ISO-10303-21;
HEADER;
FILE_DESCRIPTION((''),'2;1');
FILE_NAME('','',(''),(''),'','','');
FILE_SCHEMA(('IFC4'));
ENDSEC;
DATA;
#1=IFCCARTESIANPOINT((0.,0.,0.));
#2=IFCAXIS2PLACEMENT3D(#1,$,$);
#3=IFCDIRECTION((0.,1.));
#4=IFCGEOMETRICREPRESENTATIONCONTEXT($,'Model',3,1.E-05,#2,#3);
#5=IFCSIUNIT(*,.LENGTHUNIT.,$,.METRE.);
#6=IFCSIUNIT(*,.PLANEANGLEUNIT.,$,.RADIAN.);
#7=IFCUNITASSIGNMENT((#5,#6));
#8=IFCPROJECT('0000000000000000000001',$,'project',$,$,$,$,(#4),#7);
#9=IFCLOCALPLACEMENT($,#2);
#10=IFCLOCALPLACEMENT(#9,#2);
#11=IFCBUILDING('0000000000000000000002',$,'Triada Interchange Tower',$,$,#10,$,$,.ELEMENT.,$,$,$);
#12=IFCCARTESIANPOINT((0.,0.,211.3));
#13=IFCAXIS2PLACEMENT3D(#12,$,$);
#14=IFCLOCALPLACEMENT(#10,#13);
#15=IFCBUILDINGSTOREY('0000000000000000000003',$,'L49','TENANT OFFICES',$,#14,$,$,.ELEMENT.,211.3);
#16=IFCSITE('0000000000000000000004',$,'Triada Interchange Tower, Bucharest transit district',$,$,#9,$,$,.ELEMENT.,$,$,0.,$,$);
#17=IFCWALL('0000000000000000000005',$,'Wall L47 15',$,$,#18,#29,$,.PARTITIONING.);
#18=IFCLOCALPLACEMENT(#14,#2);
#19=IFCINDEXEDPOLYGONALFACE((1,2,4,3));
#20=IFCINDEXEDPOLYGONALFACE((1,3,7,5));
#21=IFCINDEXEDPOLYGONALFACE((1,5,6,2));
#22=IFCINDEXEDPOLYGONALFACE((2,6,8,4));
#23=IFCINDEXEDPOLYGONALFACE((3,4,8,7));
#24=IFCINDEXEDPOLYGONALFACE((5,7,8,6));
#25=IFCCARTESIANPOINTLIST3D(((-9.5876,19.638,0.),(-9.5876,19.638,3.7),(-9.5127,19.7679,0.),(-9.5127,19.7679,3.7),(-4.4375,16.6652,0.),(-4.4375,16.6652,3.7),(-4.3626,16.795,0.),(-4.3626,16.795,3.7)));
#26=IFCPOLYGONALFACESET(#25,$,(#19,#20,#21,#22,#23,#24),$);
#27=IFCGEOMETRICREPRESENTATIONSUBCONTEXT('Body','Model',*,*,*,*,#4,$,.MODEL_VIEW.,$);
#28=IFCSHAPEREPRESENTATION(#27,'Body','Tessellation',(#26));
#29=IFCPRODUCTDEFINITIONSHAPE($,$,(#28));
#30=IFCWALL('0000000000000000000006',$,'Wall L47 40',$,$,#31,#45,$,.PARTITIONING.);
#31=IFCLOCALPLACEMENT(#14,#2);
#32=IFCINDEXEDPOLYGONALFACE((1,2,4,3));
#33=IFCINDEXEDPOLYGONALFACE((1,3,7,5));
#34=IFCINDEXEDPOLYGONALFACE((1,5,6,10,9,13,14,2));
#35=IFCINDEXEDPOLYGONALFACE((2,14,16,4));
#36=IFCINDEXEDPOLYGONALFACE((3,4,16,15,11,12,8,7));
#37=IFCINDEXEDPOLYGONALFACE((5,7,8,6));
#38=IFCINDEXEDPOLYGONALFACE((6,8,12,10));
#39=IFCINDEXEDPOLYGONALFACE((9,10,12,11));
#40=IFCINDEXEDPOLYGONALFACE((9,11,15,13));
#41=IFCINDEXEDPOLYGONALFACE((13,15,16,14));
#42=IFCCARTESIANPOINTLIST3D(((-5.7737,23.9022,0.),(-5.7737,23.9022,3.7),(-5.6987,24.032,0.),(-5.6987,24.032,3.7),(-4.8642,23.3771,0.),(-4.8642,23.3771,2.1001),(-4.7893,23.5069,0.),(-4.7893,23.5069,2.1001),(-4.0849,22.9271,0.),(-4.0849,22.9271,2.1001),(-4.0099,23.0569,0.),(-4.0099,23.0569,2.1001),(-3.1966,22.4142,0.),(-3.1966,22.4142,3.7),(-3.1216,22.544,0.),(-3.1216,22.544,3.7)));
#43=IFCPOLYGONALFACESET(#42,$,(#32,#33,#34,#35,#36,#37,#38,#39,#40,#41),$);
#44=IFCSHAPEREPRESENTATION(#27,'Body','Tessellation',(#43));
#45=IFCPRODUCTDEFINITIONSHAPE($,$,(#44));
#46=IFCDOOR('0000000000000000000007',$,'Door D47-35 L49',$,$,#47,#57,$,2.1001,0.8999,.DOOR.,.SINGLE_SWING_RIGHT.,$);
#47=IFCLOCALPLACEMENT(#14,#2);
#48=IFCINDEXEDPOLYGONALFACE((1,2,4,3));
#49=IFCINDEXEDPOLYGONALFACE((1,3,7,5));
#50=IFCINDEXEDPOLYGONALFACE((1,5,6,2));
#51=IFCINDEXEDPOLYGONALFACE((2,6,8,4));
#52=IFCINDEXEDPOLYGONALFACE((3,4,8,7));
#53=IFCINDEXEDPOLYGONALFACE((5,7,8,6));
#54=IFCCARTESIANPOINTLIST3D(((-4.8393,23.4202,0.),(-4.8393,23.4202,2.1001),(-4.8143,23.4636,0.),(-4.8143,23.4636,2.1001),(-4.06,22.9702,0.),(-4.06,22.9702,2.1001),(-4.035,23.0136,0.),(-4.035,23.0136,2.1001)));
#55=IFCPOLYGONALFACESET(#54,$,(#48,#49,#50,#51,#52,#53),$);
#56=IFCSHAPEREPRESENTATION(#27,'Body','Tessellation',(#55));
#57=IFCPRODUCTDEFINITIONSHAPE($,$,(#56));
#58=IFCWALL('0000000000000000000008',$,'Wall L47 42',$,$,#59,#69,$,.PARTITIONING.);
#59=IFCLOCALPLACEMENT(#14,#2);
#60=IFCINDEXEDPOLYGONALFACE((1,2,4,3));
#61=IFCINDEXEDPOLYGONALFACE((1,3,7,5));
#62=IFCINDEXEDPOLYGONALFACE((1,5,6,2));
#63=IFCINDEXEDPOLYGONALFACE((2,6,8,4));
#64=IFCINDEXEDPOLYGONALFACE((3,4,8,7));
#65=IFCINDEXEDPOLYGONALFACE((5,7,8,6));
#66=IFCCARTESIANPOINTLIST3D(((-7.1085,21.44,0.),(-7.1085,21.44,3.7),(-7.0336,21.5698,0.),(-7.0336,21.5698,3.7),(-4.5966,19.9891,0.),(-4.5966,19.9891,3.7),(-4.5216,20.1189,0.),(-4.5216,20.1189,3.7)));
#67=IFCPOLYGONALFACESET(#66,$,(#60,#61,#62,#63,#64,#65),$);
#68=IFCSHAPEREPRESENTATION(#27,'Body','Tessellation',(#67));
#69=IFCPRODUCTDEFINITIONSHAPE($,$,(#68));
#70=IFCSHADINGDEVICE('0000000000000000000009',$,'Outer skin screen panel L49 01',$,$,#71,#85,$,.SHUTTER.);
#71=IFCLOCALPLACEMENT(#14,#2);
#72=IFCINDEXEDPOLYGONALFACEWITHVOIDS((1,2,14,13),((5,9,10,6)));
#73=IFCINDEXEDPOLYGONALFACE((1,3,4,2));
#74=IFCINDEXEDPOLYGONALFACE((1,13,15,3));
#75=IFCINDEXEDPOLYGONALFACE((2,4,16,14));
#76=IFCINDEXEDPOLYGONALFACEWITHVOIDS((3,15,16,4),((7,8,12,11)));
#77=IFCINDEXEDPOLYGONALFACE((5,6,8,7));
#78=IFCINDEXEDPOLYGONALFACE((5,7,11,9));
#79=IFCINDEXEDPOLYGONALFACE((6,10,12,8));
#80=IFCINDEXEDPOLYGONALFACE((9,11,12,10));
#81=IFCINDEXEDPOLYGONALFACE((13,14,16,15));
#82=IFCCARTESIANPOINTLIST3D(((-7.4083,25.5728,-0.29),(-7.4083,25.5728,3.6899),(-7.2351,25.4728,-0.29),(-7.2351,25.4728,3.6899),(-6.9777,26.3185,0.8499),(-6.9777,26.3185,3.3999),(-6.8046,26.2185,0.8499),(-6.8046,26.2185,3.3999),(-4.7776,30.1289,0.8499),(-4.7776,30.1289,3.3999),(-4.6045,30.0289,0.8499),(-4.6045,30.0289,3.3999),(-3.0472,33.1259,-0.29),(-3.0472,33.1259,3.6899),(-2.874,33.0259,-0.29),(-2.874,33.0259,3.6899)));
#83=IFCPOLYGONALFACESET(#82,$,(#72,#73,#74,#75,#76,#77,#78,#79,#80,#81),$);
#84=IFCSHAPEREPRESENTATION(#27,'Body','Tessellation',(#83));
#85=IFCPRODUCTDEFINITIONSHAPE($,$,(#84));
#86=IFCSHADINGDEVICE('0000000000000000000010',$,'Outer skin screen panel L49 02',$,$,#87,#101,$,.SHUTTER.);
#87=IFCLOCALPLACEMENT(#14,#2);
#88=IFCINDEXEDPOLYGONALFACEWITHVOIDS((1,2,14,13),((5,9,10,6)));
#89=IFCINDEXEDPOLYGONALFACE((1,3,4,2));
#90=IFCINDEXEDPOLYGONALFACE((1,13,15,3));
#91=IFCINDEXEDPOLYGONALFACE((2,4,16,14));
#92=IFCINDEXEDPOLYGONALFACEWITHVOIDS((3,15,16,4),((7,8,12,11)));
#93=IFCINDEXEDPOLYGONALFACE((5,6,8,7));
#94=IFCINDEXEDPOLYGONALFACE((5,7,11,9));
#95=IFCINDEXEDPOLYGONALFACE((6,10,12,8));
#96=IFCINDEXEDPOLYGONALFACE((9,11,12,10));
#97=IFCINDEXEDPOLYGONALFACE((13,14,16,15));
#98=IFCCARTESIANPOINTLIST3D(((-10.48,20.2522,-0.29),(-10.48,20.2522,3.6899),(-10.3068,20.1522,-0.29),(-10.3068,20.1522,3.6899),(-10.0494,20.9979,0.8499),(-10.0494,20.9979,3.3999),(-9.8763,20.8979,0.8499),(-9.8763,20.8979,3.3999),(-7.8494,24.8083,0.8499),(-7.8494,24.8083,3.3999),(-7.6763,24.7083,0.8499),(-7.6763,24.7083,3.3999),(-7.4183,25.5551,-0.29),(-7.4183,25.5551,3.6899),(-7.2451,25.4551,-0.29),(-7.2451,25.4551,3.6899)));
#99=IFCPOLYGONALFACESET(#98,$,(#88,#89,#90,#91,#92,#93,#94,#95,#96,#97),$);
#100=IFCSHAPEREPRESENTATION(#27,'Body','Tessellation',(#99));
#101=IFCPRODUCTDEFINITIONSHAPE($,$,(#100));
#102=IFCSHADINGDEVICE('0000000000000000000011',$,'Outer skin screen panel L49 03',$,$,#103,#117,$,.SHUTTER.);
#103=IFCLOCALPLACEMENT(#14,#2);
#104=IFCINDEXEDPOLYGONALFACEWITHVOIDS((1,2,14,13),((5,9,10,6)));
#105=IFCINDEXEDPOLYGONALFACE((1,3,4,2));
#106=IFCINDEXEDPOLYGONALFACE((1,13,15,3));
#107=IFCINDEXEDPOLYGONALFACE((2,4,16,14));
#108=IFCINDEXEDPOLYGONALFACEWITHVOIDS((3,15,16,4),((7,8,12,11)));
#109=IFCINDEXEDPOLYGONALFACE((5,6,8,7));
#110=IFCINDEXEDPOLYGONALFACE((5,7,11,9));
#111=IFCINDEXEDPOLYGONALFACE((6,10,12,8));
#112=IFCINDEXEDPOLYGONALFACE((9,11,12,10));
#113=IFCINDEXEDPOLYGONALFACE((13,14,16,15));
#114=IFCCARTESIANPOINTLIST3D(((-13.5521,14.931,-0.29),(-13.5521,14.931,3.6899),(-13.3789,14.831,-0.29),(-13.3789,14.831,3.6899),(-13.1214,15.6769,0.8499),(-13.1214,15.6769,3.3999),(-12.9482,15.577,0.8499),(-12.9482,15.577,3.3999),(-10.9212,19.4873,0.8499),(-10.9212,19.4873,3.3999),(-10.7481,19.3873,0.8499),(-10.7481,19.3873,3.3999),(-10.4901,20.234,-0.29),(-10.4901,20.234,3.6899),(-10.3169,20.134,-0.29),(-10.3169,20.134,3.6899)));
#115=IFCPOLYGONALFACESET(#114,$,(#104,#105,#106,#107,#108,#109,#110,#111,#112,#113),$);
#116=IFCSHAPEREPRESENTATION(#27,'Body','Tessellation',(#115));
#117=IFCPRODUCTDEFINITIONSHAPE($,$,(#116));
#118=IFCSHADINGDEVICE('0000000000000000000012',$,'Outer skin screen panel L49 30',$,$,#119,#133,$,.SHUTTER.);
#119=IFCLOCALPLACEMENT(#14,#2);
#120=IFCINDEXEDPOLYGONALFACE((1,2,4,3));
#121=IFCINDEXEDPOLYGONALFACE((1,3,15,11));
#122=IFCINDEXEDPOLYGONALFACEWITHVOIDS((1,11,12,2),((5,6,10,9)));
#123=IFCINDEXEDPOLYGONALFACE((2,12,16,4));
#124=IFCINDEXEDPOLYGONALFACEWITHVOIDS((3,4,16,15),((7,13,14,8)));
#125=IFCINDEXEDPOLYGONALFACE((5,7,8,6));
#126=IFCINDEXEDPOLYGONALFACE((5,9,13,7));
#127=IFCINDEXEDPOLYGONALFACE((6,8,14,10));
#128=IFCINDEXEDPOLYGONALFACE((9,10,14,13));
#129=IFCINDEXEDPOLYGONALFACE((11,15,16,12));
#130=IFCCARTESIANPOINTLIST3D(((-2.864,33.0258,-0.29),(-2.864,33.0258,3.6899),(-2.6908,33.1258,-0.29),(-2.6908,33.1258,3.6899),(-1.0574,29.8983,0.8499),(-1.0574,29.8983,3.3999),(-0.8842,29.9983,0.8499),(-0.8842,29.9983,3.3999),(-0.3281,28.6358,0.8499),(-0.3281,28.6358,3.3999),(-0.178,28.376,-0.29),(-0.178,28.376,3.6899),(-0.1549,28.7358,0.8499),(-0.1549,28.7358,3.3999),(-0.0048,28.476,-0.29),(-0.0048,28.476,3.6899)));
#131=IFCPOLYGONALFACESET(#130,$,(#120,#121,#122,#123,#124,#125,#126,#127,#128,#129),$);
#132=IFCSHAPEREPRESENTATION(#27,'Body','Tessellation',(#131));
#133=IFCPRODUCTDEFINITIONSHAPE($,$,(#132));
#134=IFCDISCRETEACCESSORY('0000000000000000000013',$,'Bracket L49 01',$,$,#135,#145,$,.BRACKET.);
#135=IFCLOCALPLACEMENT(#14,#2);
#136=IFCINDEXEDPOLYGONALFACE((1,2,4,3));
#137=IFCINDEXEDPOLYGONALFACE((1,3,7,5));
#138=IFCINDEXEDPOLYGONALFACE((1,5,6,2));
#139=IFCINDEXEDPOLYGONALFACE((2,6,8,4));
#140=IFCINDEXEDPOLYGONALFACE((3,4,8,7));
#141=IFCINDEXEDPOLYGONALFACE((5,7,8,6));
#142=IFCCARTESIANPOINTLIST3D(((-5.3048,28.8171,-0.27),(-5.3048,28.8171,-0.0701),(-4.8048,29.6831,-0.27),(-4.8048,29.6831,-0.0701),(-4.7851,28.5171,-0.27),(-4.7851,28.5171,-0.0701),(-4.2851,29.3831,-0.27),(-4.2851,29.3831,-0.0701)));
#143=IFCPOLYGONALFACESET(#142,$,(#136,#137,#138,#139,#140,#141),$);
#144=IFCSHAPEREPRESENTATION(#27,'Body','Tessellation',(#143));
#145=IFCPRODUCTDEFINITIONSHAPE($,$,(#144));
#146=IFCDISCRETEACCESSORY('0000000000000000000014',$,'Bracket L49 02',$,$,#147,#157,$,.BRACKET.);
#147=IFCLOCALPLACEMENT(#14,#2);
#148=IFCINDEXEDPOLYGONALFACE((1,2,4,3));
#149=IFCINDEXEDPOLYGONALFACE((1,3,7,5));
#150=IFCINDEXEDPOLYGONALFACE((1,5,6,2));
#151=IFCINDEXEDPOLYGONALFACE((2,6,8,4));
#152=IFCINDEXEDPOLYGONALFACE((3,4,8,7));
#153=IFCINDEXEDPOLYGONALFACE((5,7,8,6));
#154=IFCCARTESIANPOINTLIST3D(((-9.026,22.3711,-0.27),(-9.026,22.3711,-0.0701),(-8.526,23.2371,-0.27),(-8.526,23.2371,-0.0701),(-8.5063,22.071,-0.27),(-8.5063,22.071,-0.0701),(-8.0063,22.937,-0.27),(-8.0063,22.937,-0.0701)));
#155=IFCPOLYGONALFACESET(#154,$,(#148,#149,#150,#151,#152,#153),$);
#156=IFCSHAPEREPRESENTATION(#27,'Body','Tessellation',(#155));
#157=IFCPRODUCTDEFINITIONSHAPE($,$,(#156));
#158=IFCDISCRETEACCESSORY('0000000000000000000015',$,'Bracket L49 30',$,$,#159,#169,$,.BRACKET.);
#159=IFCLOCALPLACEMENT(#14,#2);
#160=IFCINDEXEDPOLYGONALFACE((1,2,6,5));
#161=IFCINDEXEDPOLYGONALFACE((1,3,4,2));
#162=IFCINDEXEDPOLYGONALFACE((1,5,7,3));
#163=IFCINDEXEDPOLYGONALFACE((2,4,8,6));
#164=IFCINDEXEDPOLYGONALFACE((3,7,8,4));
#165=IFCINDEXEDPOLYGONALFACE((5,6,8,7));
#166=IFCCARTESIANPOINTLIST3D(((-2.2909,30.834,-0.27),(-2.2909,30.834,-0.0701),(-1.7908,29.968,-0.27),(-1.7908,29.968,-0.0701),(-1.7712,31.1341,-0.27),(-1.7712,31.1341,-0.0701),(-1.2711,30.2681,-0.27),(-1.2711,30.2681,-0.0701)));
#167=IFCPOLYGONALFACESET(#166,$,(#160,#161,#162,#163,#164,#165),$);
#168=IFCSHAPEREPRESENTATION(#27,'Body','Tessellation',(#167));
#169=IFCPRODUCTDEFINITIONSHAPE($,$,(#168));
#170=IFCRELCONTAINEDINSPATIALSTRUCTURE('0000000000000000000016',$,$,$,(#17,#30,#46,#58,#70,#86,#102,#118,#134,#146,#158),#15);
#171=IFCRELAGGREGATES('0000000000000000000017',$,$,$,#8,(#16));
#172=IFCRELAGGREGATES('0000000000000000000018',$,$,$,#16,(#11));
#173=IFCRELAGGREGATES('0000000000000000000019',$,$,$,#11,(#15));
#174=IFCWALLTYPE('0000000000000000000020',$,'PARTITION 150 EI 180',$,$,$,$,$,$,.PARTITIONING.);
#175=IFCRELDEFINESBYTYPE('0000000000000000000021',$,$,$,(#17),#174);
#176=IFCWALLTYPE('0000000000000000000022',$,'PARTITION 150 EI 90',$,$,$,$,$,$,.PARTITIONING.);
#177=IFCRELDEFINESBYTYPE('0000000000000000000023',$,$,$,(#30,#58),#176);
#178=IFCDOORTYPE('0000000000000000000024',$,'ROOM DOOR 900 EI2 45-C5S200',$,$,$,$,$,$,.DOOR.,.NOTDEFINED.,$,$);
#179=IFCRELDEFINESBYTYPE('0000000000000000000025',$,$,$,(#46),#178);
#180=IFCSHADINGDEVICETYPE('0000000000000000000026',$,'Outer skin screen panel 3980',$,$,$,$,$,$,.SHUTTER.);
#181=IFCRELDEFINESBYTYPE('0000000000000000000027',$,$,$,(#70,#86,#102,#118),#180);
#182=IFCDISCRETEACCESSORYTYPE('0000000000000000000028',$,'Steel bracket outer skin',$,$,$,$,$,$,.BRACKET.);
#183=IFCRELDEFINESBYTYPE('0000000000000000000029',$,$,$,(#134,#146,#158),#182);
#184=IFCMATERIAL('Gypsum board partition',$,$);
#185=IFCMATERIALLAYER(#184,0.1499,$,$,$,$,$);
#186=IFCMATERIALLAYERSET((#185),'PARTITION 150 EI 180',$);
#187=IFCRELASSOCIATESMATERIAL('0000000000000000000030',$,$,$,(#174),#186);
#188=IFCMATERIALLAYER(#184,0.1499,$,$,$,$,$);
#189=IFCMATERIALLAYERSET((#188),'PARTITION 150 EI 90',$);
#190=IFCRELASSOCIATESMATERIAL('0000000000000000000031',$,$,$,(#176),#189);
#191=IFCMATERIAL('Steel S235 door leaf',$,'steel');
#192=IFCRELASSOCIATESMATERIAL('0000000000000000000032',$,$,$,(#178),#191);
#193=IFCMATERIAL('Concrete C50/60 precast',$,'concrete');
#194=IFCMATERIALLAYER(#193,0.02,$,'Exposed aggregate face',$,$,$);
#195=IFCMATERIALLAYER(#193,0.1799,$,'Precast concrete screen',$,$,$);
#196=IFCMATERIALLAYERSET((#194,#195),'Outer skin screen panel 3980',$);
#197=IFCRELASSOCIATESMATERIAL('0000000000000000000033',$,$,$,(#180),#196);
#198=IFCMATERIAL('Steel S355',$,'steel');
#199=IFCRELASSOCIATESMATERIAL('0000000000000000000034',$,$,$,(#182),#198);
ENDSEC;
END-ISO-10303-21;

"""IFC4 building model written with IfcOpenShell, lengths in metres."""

from ifc_helpers import new_model, si_unit, direction, frame, frame_2d, origin, origin_2d, place, context, subcontext, project, spatial, polyline, rectangle, outline, extrude, material, layer, layer_set, type_object, element, fill, save


model = new_model("IFC4")

# Units and contexts
model_context = context("Model", 3, precision=1e-05, world=origin(), true_north=direction((0.0, 1.0)))
body_context = subcontext(model_context, "Body", "Model", "MODEL_VIEW")
ifc_project = project(units=[si_unit("LENGTHUNIT", "METRE"), si_unit("PLANEANGLEUNIT", "RADIAN")], contexts=[model_context])

# Site, building, storey
site_placement = place(None, origin())
site = spatial("IfcSite", under=ifc_project, at=site_placement, Name="Triada Interchange Tower, Bucharest transit district", CompositionType="ELEMENT", RefElevation=0.0)
building_placement = place(site_placement, origin())
building = spatial("IfcBuilding", under=site, at=building_placement, Name="Triada Interchange Tower", CompositionType="ELEMENT")
storey_placement = place(building_placement, frame((0.0, 0.0, 211.3)))
storey = spatial("IfcBuildingStorey", under=building, at=storey_placement, Name="L49", Description="TENANT OFFICES", CompositionType="ELEMENT", Elevation=211.3)

# Wall
ifc_material_1 = material(Name="Gypsum board partition")
ifc_layer_1 = layer(ifc_material_1, 0.1499)
ifc_layer_set_1 = layer_set([ifc_layer_1], Name="PARTITION 150 EI 180")
wall_type_1 = type_object("IfcWallType", Name="PARTITION 150 EI 180", PredefinedType="PARTITIONING", material=ifc_layer_set_1)
wall_1_placement = place(storey_placement, frame((-9.55, 19.7029, 0.0), z_axis=(0.0, 0.0, 1.0), x_axis=(0.866065, -0.499932, 0.0)))
element("IfcWall", 1, at=wall_1_placement, inside=storey, type_object=wall_type_1, Name="Wall L47 15", PredefinedType="PARTITIONING", context=body_context, shape_type="SweptSolid", body=[
    extrude(rectangle(XDim=5.9465, YDim=0.1499, at=frame_2d((2.9731, 0.0))), origin(), (0.0, 0.0, 1.0), 3.7),
])

# Wall, opening, door
ifc_layer_2 = layer(ifc_material_1, 0.1499)
ifc_layer_set_2 = layer_set([ifc_layer_2], Name="PARTITION 150 EI 90")
wall_type_2 = type_object("IfcWallType", Name="PARTITION 150 EI 90", PredefinedType="PARTITIONING", material=ifc_layer_set_2)
wall_2_placement = place(storey_placement, frame((-5.7361, 23.967, 0.0), z_axis=(0.0, 0.0, 1.0), x_axis=(0.866008, -0.50003, 0.0)))
wall_2 = element("IfcWall", 2, at=wall_2_placement, inside=storey, type_object=wall_type_2, Name="Wall L47 40", PredefinedType="PARTITIONING", context=body_context, shape_type="SweptSolid", body=[
    extrude(rectangle(XDim=2.9758, YDim=0.1499, at=frame_2d((1.4878, 0.0))), origin(), (0.0, 0.0, 1.0), 3.7),
])
opening_1_placement = place(wall_2_placement, frame((1.05, 0.0, 0.0)))
opening_1 = element("IfcOpeningElement", 3, at=opening_1_placement, cuts=wall_2, PredefinedType="OPENING", context=body_context, shape_type="SweptSolid", body=[
    extrude(rectangle(XDim=0.8999, YDim=2.1001, at=frame_2d((0.45, 1.05))), frame((0.0, 0.085, 0.0), z_axis=(0.0, -1.0, 0.0), x_axis=(1.0, 0.0, 0.0)), (0.0, 0.0, 1.0), 0.1699),
])
ifc_material_2 = material(Name="Steel S235 door leaf", Category="steel")
door_type = type_object("IfcDoorType", Name="ROOM DOOR 900 EI2 45-C5S200", OperationType="NOTDEFINED", PredefinedType="DOOR", material=ifc_material_2)
door_placement = place(opening_1_placement, origin())
door = element("IfcDoor", 4, at=door_placement, inside=storey, type_object=door_type, Name="Door D47-35 L49", OperationType="SINGLE_SWING_RIGHT", OverallHeight=2.1001, OverallWidth=0.8999, PredefinedType="DOOR", context=body_context, shape_type="SweptSolid", body=[
    extrude(rectangle(XDim=0.8999, YDim=2.1001, at=frame_2d((0.45, 1.05))), frame((0.0, 0.0249, 0.0), z_axis=(0.0, -1.0, 0.0), x_axis=(1.0, 0.0, 0.0)), (0.0, 0.0, 1.0), 0.05),
])
fill(opening_1, door)

# Wall
wall_3_placement = place(storey_placement, frame((-7.071, 21.5049, 0.0), z_axis=(0.0, 0.0, 1.0), x_axis=(0.865929, -0.500167, 0.0)))
element("IfcWall", 5, at=wall_3_placement, inside=storey, type_object=wall_type_2, Name="Wall L47 42", PredefinedType="PARTITIONING", context=body_context, shape_type="SweptSolid", body=[
    extrude(rectangle(XDim=2.9009, YDim=0.1499, at=frame_2d((1.4504, 0.0))), origin(), (0.0, 0.0, 1.0), 3.7),
])

# Shading devices
ifc_material_3 = material(Name="Concrete C50/60 precast", Category="concrete")
ifc_layer_3 = layer(ifc_material_3, 0.02, Name="Exposed aggregate face")
ifc_layer_4 = layer(ifc_material_3, 0.1799, Name="Precast concrete screen")
ifc_layer_set_3 = layer_set([ifc_layer_3, ifc_layer_4], Name="Outer skin screen panel 3980")
shading_device_type = type_object("IfcShadingDeviceType", Name="Outer skin screen panel 3980", PredefinedType="SHUTTER", material=ifc_layer_set_3)
shading_device_1_placement = place(storey_placement, frame((-2.874, 33.0259, -0.29), z_axis=(0.0, 0.0, 1.0), x_axis=(-0.500032, -0.866007, 0.0)))
element("IfcShadingDevice", 6, at=shading_device_1_placement, inside=storey, type_object=shading_device_type, Name="Outer skin screen panel L49 01", PredefinedType="SHUTTER", context=body_context, shape_type="SweptSolid", body=[
    extrude(outline(polyline([(0.0, 0.0), (8.7217, 0.0), (8.7217, 3.98), (0.0, 3.98), (0.0, 0.0)]), holes=[polyline([(3.4607, 1.1399), (3.4607, 3.6899), (7.8606, 3.6899), (7.8606, 1.1399), (3.4607, 1.1399)])]), frame((0.0, 0.0, 0.0), z_axis=(0.0, -1.0, 0.0), x_axis=(1.0, 0.0, 0.0)), (0.0, 0.0, 1.0), 0.2),
])
shading_device_2_placement = place(storey_placement, frame((-7.2451, 25.4551, -0.29), z_axis=(0.0, 0.0, 1.0), x_axis=(-0.500011, -0.866019, 0.0)))
element("IfcShadingDevice", 7, at=shading_device_2_placement, inside=storey, type_object=shading_device_type, Name="Outer skin screen panel L49 02", PredefinedType="SHUTTER", context=body_context, shape_type="SweptSolid", body=[
    extrude(outline(polyline([(0.0, 0.0), (6.1233, 0.0), (6.1233, 3.98), (0.0, 3.98), (0.0, 0.0)]), holes=[polyline([(0.8623, 1.1399), (0.8623, 3.6899), (5.2622, 3.6899), (5.2622, 1.1399), (0.8623, 1.1399)])]), frame((0.0, 0.0, 0.0), z_axis=(0.0, -1.0, 0.0), x_axis=(1.0, 0.0, 0.0)), (0.0, 0.0, 1.0), 0.2),
])
shading_device_3_placement = place(storey_placement, frame((-10.3169, 20.134, -0.29), z_axis=(0.0, 0.0, 1.0), x_axis=(-0.500041, -0.866002, 0.0)))
element("IfcShadingDevice", 8, at=shading_device_3_placement, inside=storey, type_object=shading_device_type, Name="Outer skin screen panel L49 03", PredefinedType="SHUTTER", context=body_context, shape_type="SweptSolid", body=[
    extrude(outline(polyline([(0.0, 0.0), (6.1235, 0.0), (6.1235, 3.98), (0.0, 3.98), (0.0, 0.0)]), holes=[polyline([(0.8623, 1.1399), (0.8623, 3.6899), (5.2622, 3.6899), (5.2622, 1.1399), (0.8623, 1.1399)])]), frame((0.0, 0.0, 0.0), z_axis=(0.0, -1.0, 0.0), x_axis=(1.0, 0.0, 0.0)), (0.0, 0.0, 1.0), 0.2),
])
shading_device_4_placement = place(storey_placement, frame((-0.178, 28.376, -0.29), z_axis=(0.0, 0.0, 1.0), x_axis=(-0.500197, 0.865911, 0.0)))
element("IfcShadingDevice", 9, at=shading_device_4_placement, inside=storey, type_object=shading_device_type, Name="Outer skin screen panel L49 30", PredefinedType="SHUTTER", context=body_context, shape_type="SweptSolid", body=[
    extrude(outline(polyline([(0.0, 0.0), (5.3699, 0.0), (5.3699, 3.98), (0.0, 3.98), (0.0, 0.0)]), holes=[polyline([(0.3, 1.1399), (0.3, 3.6899), (1.7581, 3.6899), (1.7581, 1.1399), (0.3, 1.1399)])]), frame((0.0, 0.0, 0.0), z_axis=(0.0, -1.0, 0.0), x_axis=(1.0, 0.0, 0.0)), (0.0, 0.0, 1.0), 0.2),
])

# Discrete accessories
ifc_material_4 = material(Name="Steel S355", Category="steel")
discrete_accessory_type = type_object("IfcDiscreteAccessoryType", Name="Steel bracket outer skin", PredefinedType="BRACKET", material=ifc_material_4)
for number, where, z_axis, x_axis, name in (
    (10, (-4.7949, 29.1001, -0.27), (0.0, 0.0, 1.0), (-0.866021, 0.500007, 0.0), "Bracket L49 01"),
    (11, (-8.5161, 22.6541, -0.27), (0.0, 0.0, 1.0), (-0.866021, 0.500007, 0.0), "Bracket L49 02"),
    (12, (-1.781, 30.551, -0.27), (0.0, 0.0, 1.0), (0.865971, 0.500095, 0.0), "Bracket L49 30"),
):
    element("IfcDiscreteAccessory", number, at=place(storey_placement, frame(where, z_axis=z_axis, x_axis=x_axis)), inside=storey, type_object=discrete_accessory_type, Name=name, PredefinedType="BRACKET", context=body_context, shape_type="SweptSolid", body=[
        extrude(rectangle(XDim=0.6001, YDim=1.0, at=origin_2d()), origin(), (0.0, 0.0, 1.0), 0.2),
    ])

save(model, "model.ifc")
